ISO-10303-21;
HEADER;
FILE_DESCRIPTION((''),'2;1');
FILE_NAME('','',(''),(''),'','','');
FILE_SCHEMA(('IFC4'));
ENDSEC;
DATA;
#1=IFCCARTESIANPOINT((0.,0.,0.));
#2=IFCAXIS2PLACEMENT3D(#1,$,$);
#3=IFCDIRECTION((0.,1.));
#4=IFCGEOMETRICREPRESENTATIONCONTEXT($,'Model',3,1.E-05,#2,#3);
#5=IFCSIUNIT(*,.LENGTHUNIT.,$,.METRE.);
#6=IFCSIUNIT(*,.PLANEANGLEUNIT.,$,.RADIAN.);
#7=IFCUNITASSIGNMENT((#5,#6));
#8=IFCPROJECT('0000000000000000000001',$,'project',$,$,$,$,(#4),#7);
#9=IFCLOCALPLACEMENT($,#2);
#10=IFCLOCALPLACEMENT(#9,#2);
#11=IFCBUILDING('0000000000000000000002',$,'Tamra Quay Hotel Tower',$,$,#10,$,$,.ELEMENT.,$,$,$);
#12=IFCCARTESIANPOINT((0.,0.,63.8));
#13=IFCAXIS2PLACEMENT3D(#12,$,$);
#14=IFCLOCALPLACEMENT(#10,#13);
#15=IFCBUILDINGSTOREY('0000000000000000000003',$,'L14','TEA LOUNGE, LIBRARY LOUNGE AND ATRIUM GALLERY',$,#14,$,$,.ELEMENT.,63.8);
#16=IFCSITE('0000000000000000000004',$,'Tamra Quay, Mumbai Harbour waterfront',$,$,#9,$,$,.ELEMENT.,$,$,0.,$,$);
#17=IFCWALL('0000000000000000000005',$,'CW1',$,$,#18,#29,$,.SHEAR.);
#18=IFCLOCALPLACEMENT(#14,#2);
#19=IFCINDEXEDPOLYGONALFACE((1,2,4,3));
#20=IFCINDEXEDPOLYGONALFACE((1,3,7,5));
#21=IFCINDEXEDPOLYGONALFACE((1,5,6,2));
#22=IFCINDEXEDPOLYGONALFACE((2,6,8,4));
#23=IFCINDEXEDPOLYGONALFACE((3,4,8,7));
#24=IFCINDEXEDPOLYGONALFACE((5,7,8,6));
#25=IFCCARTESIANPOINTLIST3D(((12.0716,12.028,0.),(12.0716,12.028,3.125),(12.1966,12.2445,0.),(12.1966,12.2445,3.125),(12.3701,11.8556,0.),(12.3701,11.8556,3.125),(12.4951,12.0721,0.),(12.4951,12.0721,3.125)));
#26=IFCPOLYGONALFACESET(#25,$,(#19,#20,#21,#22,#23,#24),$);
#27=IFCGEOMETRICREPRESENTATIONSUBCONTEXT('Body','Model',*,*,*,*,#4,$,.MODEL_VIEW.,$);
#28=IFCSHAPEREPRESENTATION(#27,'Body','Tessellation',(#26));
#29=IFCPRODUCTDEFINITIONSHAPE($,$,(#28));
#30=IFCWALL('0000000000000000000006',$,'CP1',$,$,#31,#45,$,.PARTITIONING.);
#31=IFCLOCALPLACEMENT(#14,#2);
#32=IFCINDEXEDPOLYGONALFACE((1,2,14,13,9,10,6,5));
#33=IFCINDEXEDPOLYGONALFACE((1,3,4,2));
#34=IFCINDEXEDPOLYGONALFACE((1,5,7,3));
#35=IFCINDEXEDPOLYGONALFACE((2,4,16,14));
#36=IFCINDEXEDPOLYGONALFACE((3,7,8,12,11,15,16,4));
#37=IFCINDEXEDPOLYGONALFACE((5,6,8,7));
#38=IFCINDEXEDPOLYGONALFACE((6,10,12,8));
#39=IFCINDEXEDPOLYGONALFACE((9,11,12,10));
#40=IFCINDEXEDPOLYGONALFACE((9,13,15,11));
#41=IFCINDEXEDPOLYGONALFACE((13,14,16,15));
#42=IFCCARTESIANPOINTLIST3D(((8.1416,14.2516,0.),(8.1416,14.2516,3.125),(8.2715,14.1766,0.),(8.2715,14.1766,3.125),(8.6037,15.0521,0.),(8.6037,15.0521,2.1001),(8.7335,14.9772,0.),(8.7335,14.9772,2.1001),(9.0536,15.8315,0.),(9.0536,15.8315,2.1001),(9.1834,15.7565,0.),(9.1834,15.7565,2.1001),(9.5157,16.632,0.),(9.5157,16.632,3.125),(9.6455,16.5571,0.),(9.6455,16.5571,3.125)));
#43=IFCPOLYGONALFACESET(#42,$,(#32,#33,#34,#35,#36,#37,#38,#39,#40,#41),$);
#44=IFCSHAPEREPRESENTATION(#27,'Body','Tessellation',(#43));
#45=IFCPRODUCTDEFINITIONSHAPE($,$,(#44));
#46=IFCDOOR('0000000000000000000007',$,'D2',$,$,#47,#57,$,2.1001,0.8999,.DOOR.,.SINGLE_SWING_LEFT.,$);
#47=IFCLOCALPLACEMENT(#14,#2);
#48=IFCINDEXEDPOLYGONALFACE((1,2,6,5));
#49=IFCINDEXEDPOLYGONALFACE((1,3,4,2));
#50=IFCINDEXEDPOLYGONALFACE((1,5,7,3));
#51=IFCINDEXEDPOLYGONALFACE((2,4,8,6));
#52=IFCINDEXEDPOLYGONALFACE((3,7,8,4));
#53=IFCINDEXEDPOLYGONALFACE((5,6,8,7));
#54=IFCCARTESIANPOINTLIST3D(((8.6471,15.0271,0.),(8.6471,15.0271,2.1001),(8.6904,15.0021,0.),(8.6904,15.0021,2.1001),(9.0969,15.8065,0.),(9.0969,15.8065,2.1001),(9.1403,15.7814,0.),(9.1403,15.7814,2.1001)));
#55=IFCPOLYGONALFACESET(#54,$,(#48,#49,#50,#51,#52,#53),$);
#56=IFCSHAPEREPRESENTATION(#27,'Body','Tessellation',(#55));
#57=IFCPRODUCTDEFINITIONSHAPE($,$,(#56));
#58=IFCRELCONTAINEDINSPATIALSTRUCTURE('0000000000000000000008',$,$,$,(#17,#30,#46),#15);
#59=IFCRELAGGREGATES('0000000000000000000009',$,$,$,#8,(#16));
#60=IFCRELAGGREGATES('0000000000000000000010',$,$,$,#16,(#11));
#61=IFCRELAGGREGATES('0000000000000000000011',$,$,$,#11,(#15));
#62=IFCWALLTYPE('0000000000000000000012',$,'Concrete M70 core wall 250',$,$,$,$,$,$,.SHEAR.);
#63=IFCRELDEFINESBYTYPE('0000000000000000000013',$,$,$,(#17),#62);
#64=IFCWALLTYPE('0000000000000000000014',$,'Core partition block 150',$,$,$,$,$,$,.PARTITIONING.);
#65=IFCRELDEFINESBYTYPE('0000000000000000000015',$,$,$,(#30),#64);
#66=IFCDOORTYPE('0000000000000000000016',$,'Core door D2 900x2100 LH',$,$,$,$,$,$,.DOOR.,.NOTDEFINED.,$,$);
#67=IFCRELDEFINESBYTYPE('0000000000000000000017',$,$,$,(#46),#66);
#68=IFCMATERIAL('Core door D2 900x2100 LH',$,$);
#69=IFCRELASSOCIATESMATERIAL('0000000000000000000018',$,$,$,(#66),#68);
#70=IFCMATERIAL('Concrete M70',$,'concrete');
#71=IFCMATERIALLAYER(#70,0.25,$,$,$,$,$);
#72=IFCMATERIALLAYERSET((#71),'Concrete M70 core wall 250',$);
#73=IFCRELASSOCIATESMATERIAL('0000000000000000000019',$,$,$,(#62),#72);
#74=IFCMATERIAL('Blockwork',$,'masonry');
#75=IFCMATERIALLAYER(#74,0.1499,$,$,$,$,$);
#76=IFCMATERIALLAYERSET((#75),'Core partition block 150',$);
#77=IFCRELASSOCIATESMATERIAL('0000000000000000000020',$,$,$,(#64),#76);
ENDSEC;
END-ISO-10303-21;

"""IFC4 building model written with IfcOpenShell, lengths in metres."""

from ifc_helpers import new_model, si_unit, direction, frame, frame_2d, origin, place, context, subcontext, project, spatial, rectangle, extrude, material, layer, layer_set, type_object, element, fill, save


model = new_model("IFC4")

# Units and contexts
model_context = context("Model", 3, precision=1e-05, world=origin(), true_north=direction((0.0, 1.0)))
body_context = subcontext(model_context, "Body", "Model", "MODEL_VIEW")
ifc_project = project(units=[si_unit("LENGTHUNIT", "METRE"), si_unit("PLANEANGLEUNIT", "RADIAN")], contexts=[model_context])

# Site, building, storey
site_placement = place(None, origin())
site = spatial("IfcSite", under=ifc_project, at=site_placement, Name="Tamra Quay, Mumbai Harbour waterfront", CompositionType="ELEMENT", RefElevation=0.0)
building_placement = place(site_placement, origin())
building = spatial("IfcBuilding", under=site, at=building_placement, Name="Tamra Quay Hotel Tower", CompositionType="ELEMENT")
storey_placement = place(building_placement, frame((0.0, 0.0, 63.8)))
storey = spatial("IfcBuildingStorey", under=building, at=storey_placement, Name="L14", Description="TEA LOUNGE, LIBRARY LOUNGE AND ATRIUM GALLERY", CompositionType="ELEMENT", Elevation=63.8)

# Shared definitions
ifc_material_1 = material(Name="Concrete M70", Category="concrete")

# Shared definitions
ifc_material_2 = material(Name="Core door D2 900x2100 LH")
door_type_1 = type_object("IfcDoorType", Name="Core door D2 900x2100 LH", OperationType="NOTDEFINED", PredefinedType="DOOR", material=ifc_material_2)

# Wall
ifc_layer_1 = layer(ifc_material_1, 0.25)
ifc_layer_set_1 = layer_set([ifc_layer_1], Name="Concrete M70 core wall 250")
wall_type_1 = type_object("IfcWallType", Name="Concrete M70 core wall 250", PredefinedType="SHEAR", material=ifc_layer_set_1)
wall_1_placement = place(storey_placement, frame((12.4326, 11.9639, 0.0), z_axis=(0.0, 0.0, 1.0), x_axis=(-0.866056, 0.499947, 0.0)))
element("IfcWall", 1, at=wall_1_placement, inside=storey, type_object=wall_type_1, Name="CW1", PredefinedType="SHEAR", context=body_context, shape_type="SweptSolid", body=[
    extrude(rectangle(XDim=0.3447, YDim=0.25, at=frame_2d((0.1724, 0.0))), origin(), (0.0, 0.0, 1.0), 3.125),
])

# Wall, opening, door
ifc_material_3 = material(Name="Blockwork", Category="masonry")
ifc_layer_2 = layer(ifc_material_3, 0.1499)
ifc_layer_set_2 = layer_set([ifc_layer_2], Name="Core partition block 150")
wall_type_2 = type_object("IfcWallType", Name="Core partition block 150", PredefinedType="PARTITIONING", material=ifc_layer_set_2)
wall_2_placement = place(storey_placement, frame((8.2065, 14.2141, 0.0), z_axis=(0.0, 0.0, 1.0), x_axis=(0.499922, 0.86607, 0.0)))
wall_2 = element("IfcWall", 2, at=wall_2_placement, inside=storey, type_object=wall_type_2, Name="CP1", PredefinedType="PARTITIONING", context=body_context, shape_type="SweptSolid", body=[
    extrude(rectangle(XDim=2.7485, YDim=0.1499, at=frame_2d((1.3743, 0.0))), origin(), (0.0, 0.0, 1.0), 3.125),
])
opening_1_placement = place(wall_2_placement, frame((0.9243, 0.0, 0.0)))
opening_1 = element("IfcOpeningElement", 3, at=opening_1_placement, cuts=wall_2, PredefinedType="OPENING", context=body_context, shape_type="SweptSolid", body=[
    extrude(rectangle(XDim=0.8999, YDim=2.1001, at=frame_2d((0.45, 1.05))), frame((0.0, 0.085, 0.0), z_axis=(0.0, -1.0, 0.0), x_axis=(1.0, 0.0, 0.0)), (0.0, 0.0, 1.0), 0.1699),
])
door_1_placement = place(opening_1_placement, origin())
door_1 = element("IfcDoor", 4, at=door_1_placement, inside=storey, type_object=door_type_1, Name="D2", OperationType="SINGLE_SWING_LEFT", OverallHeight=2.1001, OverallWidth=0.8999, PredefinedType="DOOR", context=body_context, shape_type="SweptSolid", body=[
    extrude(rectangle(XDim=0.8999, YDim=2.1001, at=frame_2d((0.45, 1.05))), frame((0.0, 0.0249, 0.0), z_axis=(0.0, -1.0, 0.0), x_axis=(1.0, 0.0, 0.0)), (0.0, 0.0, 1.0), 0.05),
])
fill(opening_1, door_1)

save(model, "model.ifc")
